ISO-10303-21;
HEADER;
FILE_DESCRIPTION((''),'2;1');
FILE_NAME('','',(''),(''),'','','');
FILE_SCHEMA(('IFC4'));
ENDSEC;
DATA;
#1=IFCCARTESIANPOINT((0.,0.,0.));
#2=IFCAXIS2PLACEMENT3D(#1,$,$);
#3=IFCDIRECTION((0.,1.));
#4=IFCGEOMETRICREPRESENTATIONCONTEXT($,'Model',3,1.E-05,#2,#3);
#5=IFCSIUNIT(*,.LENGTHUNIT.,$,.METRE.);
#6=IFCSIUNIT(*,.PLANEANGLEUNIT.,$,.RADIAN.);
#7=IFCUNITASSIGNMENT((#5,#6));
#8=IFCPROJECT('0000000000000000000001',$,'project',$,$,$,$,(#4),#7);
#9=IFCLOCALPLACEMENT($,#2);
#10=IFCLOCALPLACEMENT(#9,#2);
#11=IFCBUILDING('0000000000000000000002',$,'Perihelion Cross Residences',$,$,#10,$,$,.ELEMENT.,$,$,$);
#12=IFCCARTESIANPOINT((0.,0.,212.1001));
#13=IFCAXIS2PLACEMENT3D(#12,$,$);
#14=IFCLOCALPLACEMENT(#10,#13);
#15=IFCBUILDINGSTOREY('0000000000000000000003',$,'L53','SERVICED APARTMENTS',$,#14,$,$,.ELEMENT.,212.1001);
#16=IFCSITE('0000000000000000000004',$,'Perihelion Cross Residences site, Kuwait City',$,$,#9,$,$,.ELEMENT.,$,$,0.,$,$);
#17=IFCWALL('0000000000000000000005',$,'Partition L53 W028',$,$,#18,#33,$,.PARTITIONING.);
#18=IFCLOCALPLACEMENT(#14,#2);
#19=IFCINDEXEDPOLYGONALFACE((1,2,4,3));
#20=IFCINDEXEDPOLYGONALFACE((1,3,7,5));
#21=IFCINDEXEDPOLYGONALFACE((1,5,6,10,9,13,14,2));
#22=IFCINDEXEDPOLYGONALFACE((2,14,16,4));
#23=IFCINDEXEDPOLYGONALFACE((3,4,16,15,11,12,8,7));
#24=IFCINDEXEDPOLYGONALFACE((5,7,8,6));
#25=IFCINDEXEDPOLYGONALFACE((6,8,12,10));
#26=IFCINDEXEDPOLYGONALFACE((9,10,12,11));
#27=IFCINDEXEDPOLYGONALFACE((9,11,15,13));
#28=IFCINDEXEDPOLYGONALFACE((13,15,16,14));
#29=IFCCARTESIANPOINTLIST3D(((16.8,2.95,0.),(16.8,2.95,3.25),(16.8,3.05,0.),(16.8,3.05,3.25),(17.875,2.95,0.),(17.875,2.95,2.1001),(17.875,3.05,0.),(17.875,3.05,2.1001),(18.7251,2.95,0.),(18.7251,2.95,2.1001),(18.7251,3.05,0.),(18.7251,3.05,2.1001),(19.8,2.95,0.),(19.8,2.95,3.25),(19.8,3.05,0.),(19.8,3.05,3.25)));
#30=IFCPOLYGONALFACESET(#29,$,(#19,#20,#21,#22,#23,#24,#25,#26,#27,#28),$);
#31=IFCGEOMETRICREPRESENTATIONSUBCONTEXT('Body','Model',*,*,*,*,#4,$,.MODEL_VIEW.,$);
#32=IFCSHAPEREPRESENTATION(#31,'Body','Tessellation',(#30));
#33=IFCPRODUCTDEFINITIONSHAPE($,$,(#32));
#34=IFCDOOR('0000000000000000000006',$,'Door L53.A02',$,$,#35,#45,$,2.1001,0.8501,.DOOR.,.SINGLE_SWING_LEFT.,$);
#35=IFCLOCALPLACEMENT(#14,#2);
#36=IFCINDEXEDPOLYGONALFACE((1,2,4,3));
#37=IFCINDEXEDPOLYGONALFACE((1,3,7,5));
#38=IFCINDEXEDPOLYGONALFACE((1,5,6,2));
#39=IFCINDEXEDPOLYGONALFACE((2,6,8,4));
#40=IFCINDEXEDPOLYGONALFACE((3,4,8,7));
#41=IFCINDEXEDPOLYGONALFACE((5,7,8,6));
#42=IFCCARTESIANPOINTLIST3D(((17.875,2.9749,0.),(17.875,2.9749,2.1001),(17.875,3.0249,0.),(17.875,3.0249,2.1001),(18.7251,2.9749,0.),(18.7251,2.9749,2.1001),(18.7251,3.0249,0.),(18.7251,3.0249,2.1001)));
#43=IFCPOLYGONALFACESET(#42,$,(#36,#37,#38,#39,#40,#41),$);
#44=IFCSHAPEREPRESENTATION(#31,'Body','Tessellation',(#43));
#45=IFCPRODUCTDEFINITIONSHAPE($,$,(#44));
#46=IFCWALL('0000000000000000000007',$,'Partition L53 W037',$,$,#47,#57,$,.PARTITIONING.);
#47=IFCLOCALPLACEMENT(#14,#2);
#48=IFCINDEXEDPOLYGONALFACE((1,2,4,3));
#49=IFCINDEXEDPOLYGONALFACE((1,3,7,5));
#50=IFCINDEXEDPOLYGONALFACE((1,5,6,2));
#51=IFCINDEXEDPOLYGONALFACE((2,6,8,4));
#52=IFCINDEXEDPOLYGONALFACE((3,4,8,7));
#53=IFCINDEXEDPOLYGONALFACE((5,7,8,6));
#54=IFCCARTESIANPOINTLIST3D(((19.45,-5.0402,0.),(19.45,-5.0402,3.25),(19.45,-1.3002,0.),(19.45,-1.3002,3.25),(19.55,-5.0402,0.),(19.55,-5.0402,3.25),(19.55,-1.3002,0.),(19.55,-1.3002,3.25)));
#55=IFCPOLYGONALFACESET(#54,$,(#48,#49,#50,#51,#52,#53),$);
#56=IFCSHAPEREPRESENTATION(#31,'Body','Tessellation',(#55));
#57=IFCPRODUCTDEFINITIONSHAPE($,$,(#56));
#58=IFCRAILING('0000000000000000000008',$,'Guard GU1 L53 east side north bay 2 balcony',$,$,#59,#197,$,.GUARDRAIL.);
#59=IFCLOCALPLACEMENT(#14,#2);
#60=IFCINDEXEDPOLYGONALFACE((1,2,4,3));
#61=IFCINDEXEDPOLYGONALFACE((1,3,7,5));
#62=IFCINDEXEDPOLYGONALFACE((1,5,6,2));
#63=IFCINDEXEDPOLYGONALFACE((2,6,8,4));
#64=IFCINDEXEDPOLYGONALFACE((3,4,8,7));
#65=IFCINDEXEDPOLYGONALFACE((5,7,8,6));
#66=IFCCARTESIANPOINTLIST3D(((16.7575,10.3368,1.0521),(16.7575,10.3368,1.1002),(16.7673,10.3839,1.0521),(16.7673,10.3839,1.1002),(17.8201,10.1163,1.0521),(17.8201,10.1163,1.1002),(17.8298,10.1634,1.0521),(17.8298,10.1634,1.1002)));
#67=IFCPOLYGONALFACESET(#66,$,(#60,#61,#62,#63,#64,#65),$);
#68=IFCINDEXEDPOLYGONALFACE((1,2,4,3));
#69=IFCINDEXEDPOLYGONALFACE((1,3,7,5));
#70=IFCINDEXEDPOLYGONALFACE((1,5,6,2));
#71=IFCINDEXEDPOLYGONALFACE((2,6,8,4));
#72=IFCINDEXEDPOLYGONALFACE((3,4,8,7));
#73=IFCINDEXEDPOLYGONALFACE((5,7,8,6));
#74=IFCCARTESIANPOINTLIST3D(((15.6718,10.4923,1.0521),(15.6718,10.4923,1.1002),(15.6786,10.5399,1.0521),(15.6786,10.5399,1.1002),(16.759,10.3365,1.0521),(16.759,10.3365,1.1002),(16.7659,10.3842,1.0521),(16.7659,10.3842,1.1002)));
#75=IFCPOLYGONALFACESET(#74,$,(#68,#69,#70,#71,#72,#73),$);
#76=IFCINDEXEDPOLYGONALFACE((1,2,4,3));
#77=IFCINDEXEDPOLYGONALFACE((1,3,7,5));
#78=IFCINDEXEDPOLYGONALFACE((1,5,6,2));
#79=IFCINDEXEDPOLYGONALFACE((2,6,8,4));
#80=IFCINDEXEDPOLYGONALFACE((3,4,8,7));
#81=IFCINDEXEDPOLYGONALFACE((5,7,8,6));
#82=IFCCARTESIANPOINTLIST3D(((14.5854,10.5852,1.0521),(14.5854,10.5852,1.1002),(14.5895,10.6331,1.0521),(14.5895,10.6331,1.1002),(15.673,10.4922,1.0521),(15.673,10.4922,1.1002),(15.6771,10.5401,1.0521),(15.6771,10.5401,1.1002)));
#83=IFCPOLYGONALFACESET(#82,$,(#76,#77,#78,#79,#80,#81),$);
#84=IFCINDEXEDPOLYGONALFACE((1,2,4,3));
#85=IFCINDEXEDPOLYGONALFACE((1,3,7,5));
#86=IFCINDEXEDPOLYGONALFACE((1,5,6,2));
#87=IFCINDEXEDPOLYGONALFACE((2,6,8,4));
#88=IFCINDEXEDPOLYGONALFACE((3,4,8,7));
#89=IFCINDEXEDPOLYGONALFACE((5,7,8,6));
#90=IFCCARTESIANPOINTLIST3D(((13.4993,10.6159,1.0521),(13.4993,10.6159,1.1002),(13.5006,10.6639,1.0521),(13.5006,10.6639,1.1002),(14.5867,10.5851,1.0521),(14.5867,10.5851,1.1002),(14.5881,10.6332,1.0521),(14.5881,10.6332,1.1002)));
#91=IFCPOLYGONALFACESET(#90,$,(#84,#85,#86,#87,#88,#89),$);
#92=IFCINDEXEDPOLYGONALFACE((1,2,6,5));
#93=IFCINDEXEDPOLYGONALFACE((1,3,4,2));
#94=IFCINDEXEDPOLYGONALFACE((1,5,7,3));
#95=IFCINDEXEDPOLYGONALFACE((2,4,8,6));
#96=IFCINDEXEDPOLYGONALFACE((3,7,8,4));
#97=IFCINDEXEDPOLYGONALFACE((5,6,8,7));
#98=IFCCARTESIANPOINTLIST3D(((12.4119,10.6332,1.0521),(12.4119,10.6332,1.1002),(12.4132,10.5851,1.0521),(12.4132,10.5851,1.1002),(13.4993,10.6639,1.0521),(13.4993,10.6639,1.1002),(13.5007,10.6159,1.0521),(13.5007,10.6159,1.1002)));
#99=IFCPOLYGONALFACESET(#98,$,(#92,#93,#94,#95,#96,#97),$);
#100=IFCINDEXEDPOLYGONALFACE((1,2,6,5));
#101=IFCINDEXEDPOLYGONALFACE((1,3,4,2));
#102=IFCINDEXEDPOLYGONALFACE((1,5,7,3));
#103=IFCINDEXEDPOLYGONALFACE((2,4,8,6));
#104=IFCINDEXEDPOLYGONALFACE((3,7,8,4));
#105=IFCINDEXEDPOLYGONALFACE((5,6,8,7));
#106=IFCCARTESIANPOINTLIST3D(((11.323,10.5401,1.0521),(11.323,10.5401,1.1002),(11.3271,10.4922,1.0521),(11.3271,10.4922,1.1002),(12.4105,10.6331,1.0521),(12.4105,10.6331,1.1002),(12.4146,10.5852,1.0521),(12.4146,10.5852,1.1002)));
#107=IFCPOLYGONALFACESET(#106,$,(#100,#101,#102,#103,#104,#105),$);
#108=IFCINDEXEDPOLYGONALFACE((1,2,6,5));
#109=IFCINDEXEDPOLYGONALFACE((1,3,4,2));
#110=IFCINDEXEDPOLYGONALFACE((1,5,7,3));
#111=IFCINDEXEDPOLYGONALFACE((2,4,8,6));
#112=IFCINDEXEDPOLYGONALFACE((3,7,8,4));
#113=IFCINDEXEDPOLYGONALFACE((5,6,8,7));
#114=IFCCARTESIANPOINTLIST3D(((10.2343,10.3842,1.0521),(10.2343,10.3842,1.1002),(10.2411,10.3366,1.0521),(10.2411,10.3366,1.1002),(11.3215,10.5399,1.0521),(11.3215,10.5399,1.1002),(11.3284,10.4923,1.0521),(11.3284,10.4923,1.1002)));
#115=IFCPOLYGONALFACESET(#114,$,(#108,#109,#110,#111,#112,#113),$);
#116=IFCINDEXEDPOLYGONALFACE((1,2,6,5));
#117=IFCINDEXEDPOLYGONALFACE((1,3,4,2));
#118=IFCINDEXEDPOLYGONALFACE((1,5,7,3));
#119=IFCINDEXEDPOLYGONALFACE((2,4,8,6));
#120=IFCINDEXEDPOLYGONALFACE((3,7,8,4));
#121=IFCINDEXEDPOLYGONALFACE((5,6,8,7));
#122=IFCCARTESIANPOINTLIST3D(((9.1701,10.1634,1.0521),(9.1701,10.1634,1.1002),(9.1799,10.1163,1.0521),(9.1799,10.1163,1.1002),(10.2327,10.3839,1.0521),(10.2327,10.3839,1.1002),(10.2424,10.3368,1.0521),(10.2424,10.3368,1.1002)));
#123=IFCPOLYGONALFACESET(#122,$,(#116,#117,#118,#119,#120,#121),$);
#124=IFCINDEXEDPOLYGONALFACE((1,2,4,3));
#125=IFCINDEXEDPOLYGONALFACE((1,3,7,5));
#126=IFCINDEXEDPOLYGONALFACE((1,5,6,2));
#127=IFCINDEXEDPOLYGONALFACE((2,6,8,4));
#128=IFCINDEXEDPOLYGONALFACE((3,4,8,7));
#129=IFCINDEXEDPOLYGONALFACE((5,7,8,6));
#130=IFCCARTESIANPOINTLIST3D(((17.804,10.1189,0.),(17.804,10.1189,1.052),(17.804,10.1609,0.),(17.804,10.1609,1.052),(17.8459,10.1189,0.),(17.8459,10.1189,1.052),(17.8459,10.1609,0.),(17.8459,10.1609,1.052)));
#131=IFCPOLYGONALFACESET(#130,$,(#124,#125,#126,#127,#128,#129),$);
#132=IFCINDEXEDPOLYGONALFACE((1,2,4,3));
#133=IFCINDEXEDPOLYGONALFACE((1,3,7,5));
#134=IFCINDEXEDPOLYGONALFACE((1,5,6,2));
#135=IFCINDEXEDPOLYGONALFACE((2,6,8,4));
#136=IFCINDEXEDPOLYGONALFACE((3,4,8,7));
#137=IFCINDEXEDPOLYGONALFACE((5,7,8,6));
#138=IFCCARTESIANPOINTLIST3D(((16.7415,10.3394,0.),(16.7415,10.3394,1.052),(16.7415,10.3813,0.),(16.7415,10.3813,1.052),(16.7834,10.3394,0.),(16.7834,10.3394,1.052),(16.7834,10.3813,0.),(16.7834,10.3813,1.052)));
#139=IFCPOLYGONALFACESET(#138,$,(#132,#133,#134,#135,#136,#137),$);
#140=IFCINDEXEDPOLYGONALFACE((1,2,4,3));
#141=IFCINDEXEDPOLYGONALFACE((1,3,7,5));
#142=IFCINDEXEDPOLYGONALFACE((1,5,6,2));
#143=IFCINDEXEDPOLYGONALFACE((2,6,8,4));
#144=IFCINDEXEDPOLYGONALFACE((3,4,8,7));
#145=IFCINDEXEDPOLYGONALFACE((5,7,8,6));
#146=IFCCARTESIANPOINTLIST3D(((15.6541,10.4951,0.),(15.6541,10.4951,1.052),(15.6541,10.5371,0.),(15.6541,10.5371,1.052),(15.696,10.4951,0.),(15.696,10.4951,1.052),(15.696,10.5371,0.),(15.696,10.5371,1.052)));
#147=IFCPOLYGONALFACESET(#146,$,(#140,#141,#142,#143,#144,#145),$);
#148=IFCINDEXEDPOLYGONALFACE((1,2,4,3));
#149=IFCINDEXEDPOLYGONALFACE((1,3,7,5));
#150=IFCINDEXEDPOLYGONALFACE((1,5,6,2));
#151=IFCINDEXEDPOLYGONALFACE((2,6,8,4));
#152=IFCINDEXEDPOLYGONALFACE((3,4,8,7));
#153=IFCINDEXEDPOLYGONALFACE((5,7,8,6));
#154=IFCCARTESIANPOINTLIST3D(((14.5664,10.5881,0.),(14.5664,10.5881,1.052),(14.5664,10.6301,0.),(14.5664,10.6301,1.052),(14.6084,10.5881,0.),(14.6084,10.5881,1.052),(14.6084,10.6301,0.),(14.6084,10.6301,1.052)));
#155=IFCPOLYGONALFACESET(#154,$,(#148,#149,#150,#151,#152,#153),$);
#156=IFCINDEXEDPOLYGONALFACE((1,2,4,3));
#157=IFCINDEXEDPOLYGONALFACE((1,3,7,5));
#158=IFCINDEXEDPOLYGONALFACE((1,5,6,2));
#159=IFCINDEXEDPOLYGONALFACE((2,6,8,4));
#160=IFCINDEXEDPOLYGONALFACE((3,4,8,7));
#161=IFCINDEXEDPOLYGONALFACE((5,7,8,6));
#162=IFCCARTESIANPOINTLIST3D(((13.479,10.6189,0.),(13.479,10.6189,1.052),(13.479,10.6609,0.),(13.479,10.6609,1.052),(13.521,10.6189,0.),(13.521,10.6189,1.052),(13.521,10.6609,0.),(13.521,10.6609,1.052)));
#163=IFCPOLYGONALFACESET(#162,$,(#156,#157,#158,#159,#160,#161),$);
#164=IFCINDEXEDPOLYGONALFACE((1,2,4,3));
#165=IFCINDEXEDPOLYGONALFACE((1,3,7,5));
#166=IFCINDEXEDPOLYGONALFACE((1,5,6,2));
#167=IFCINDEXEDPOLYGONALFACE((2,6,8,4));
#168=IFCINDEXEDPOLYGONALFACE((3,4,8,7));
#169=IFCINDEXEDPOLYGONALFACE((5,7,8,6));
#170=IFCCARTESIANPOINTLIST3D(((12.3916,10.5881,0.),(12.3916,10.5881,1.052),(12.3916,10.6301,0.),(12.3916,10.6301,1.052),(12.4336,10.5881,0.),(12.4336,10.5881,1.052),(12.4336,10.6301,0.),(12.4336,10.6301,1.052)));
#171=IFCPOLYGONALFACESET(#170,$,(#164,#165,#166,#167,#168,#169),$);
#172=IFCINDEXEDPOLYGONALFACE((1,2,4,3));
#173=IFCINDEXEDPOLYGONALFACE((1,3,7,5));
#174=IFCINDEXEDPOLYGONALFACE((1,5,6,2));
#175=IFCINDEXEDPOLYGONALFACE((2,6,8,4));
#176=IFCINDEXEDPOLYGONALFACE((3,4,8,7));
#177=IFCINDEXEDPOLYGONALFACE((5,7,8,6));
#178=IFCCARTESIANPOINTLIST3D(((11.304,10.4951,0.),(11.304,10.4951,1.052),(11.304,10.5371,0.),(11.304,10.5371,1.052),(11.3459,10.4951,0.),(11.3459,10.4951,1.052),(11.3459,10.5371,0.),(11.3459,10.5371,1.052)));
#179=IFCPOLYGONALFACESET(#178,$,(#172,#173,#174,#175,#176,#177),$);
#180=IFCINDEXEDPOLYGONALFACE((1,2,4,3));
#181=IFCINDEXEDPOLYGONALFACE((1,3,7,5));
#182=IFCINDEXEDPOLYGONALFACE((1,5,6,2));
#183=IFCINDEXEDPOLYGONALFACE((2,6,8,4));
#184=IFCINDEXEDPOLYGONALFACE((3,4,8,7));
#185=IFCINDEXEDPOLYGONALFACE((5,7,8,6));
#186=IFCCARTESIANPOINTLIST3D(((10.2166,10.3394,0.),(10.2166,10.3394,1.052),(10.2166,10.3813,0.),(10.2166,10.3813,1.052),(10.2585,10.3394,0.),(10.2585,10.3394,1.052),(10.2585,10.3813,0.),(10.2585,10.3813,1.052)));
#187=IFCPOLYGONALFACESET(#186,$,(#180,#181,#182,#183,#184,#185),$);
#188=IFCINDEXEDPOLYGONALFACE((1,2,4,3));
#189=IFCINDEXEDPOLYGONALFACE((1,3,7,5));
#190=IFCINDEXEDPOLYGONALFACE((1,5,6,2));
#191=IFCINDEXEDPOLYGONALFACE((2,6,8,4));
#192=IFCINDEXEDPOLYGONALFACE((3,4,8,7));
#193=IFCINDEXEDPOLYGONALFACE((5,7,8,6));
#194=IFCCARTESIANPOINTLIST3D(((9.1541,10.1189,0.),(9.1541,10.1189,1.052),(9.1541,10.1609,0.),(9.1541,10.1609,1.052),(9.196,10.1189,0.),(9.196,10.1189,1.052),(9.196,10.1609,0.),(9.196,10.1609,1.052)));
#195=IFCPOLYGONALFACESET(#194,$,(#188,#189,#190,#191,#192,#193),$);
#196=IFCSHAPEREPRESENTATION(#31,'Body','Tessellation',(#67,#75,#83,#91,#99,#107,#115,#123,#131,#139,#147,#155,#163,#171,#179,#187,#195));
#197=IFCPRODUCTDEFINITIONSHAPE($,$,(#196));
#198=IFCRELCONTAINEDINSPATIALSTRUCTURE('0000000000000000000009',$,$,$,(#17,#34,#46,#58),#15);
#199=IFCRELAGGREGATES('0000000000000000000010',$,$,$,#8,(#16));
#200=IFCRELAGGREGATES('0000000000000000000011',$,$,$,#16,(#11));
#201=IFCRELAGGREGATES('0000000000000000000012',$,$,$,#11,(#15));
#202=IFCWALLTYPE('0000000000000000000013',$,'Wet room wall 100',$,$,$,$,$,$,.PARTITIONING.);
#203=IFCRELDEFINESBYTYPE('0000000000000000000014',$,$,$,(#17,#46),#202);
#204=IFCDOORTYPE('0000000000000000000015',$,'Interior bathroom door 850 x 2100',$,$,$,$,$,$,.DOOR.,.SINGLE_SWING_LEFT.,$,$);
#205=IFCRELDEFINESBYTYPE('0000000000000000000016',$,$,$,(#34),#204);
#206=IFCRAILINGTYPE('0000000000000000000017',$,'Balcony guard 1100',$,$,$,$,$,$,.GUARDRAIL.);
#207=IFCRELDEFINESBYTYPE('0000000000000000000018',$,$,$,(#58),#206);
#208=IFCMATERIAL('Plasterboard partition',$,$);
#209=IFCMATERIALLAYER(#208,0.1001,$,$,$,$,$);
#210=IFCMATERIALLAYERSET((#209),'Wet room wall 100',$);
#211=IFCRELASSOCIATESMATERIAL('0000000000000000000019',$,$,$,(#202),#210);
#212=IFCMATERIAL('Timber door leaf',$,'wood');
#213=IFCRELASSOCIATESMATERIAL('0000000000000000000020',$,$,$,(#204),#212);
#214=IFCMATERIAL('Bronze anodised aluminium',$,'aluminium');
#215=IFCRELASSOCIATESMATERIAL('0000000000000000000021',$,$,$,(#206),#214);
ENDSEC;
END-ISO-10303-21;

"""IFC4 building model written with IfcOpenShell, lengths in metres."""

from ifc_helpers import new_model, si_unit, direction, frame, frame_2d, origin, origin_2d, place, context, subcontext, project, spatial, rectangle, extrude, material, layer, layer_set, type_object, element, fill, save


model = new_model("IFC4")

# Units and contexts
model_context = context("Model", 3, precision=1e-05, world=origin(), true_north=direction((0.0, 1.0)))
body_context = subcontext(model_context, "Body", "Model", "MODEL_VIEW")
ifc_project = project(units=[si_unit("LENGTHUNIT", "METRE"), si_unit("PLANEANGLEUNIT", "RADIAN")], contexts=[model_context])

# Site, building, storey
site_placement = place(None, origin())
site = spatial("IfcSite", under=ifc_project, at=site_placement, Name="Perihelion Cross Residences site, Kuwait City", CompositionType="ELEMENT", RefElevation=0.0)
building_placement = place(site_placement, origin())
building = spatial("IfcBuilding", under=site, at=building_placement, Name="Perihelion Cross Residences", CompositionType="ELEMENT")
storey_placement = place(building_placement, frame((0.0, 0.0, 212.1001)))
storey = spatial("IfcBuildingStorey", under=building, at=storey_placement, Name="L53", Description="SERVICED APARTMENTS", CompositionType="ELEMENT", Elevation=212.1001)

# Shared definitions
ifc_material_1 = material(Name="Plasterboard partition")
ifc_layer_1 = layer(ifc_material_1, 0.1001)
ifc_layer_set_1 = layer_set([ifc_layer_1], Name="Wet room wall 100")
wall_type_1 = type_object("IfcWallType", Name="Wet room wall 100", PredefinedType="PARTITIONING", material=ifc_layer_set_1)

# Wall, opening, door
wall_1_placement = place(storey_placement, frame((16.8, 3.0, 0.0), z_axis=(0.0, 0.0, 1.0), x_axis=(1.0, 0.0, 0.0)))
wall_1 = element("IfcWall", 1, at=wall_1_placement, inside=storey, type_object=wall_type_1, Name="Partition L53 W028", PredefinedType="PARTITIONING", context=body_context, shape_type="SweptSolid", body=[
    extrude(rectangle(XDim=3.0, YDim=0.1001, at=frame_2d((1.5, 0.0))), origin(), (0.0, 0.0, 1.0), 3.25),
])
opening_1_placement = place(wall_1_placement, frame((1.075, 0.0, 0.0)))
opening_1 = element("IfcOpeningElement", 2, at=opening_1_placement, cuts=wall_1, PredefinedType="OPENING", context=body_context, shape_type="SweptSolid", body=[
    extrude(rectangle(XDim=0.8501, YDim=2.1001, at=frame_2d((0.425, 1.05))), frame((0.0, 0.0601, 0.0), z_axis=(0.0, -1.0, 0.0), x_axis=(1.0, 0.0, 0.0)), (0.0, 0.0, 1.0), 0.1201),
])
ifc_material_2 = material(Name="Timber door leaf", Category="wood")
door_type_1 = type_object("IfcDoorType", Name="Interior bathroom door 850 x 2100", OperationType="SINGLE_SWING_LEFT", PredefinedType="DOOR", material=ifc_material_2)
door_1_placement = place(opening_1_placement, origin())
door_1 = element("IfcDoor", 3, at=door_1_placement, inside=storey, type_object=door_type_1, Name="Door L53.A02", OperationType="SINGLE_SWING_LEFT", OverallHeight=2.1001, OverallWidth=0.8501, PredefinedType="DOOR", context=body_context, shape_type="SweptSolid", body=[
    extrude(rectangle(XDim=0.8501, YDim=2.1001, at=frame_2d((0.425, 1.05))), frame((0.0, 0.0249, 0.0), z_axis=(0.0, -1.0, 0.0), x_axis=(1.0, 0.0, 0.0)), (0.0, 0.0, 1.0), 0.05),
])
fill(opening_1, door_1)

# Wall
wall_2_placement = place(storey_placement, frame((19.5, -1.3, 0.0), z_axis=(0.0, 0.0, 1.0), x_axis=(0.0, -1.0, 0.0)))
element("IfcWall", 4, at=wall_2_placement, inside=storey, type_object=wall_type_1, Name="Partition L53 W037", PredefinedType="PARTITIONING", context=body_context, shape_type="SweptSolid", body=[
    extrude(rectangle(XDim=3.74, YDim=0.1001, at=frame_2d((1.8701, 0.0))), origin(), (0.0, 0.0, 1.0), 3.25),
])

# Railing
ifc_material_3 = material(Name="Bronze anodised aluminium", Category="aluminium")
railing_type = type_object("IfcRailingType", Name="Balcony guard 1100", PredefinedType="GUARDRAIL", material=ifc_material_3)
railing_placement = place(storey_placement, frame((17.825, 10.1399, 0.0)))
element("IfcRailing", 5, at=railing_placement, inside=storey, type_object=railing_type, Name="Guard GU1 L53 east side north bay 2 balcony", PredefinedType="GUARDRAIL", context=body_context, shape_type="SweptSolid", body=[
    extrude(rectangle(XDim=0.0481, YDim=0.0481, at=origin_2d()), frame((0.0, 0.0, 1.0762), z_axis=(-0.979145, 0.203164, 0.0), x_axis=(-0.203164, -0.979145, 0.0)), (0.0, 0.0, 1.0), 1.0852),
    extrude(rectangle(XDim=0.0481, YDim=0.0481, at=origin_2d()), frame((-1.0625, 0.2205, 1.0762), z_axis=(-0.989896, 0.141795, 0.0), x_axis=(-0.141795, -0.989896, 0.0)), (0.0, 0.0, 1.0), 1.0984),
    extrude(rectangle(XDim=0.0481, YDim=0.0481, at=origin_2d()), frame((-2.1499, 0.3762, 1.0762), z_axis=(-0.996363, 0.085211, 0.0), x_axis=(-0.085211, -0.996363, 0.0)), (0.0, 0.0, 1.0), 1.0916),
    extrude(rectangle(XDim=0.0481, YDim=0.0481, at=origin_2d()), frame((-3.2375, 0.4692, 1.0762), z_axis=(-0.9996, 0.028278, 0.0), x_axis=(-0.028278, -0.9996, 0.0)), (0.0, 0.0, 1.0), 1.0879),
    extrude(rectangle(XDim=0.0481, YDim=0.0481, at=origin_2d()), frame((-4.325, 0.5, 1.0762), z_axis=(-0.9996, -0.028278, 0.0), x_axis=(0.028278, -0.9996, 0.0)), (0.0, 0.0, 1.0), 1.0879),
    extrude(rectangle(XDim=0.0481, YDim=0.0481, at=origin_2d()), frame((-5.4124, 0.4692, 1.0762), z_axis=(-0.996363, -0.085211, 0.0), x_axis=(0.085211, -0.996363, 0.0)), (0.0, 0.0, 1.0), 1.0916),
    extrude(rectangle(XDim=0.0481, YDim=0.0481, at=origin_2d()), frame((-6.5, 0.3762, 1.0762), z_axis=(-0.989896, -0.141795, 0.0), x_axis=(0.141795, -0.989896, 0.0)), (0.0, 0.0, 1.0), 1.0984),
    extrude(rectangle(XDim=0.0481, YDim=0.0481, at=origin_2d()), frame((-7.5874, 0.2205, 1.0762), z_axis=(-0.979145, -0.203164, 0.0), x_axis=(0.203164, -0.979145, 0.0)), (0.0, 0.0, 1.0), 1.0852),
    extrude(rectangle(XDim=0.042, YDim=0.042, at=origin_2d()), origin(), (0.0, 0.0, 1.0), 1.052),
    extrude(rectangle(XDim=0.042, YDim=0.042, at=origin_2d()), frame((-1.0625, 0.2205, 0.0)), (0.0, 0.0, 1.0), 1.052),
    extrude(rectangle(XDim=0.042, YDim=0.042, at=origin_2d()), frame((-2.1499, 0.3762, 0.0)), (0.0, 0.0, 1.0), 1.052),
    extrude(rectangle(XDim=0.042, YDim=0.042, at=origin_2d()), frame((-3.2375, 0.4692, 0.0)), (0.0, 0.0, 1.0), 1.052),
    extrude(rectangle(XDim=0.042, YDim=0.042, at=origin_2d()), frame((-4.325, 0.5, 0.0)), (0.0, 0.0, 1.0), 1.052),
    extrude(rectangle(XDim=0.042, YDim=0.042, at=origin_2d()), frame((-5.4124, 0.4692, 0.0)), (0.0, 0.0, 1.0), 1.052),
    extrude(rectangle(XDim=0.042, YDim=0.042, at=origin_2d()), frame((-6.5, 0.3762, 0.0)), (0.0, 0.0, 1.0), 1.052),
    extrude(rectangle(XDim=0.042, YDim=0.042, at=origin_2d()), frame((-7.5874, 0.2205, 0.0)), (0.0, 0.0, 1.0), 1.052),
    extrude(rectangle(XDim=0.042, YDim=0.042, at=origin_2d()), frame((-8.6499, 0.0, 0.0)), (0.0, 0.0, 1.0), 1.052),
])

save(model, "model.ifc")
